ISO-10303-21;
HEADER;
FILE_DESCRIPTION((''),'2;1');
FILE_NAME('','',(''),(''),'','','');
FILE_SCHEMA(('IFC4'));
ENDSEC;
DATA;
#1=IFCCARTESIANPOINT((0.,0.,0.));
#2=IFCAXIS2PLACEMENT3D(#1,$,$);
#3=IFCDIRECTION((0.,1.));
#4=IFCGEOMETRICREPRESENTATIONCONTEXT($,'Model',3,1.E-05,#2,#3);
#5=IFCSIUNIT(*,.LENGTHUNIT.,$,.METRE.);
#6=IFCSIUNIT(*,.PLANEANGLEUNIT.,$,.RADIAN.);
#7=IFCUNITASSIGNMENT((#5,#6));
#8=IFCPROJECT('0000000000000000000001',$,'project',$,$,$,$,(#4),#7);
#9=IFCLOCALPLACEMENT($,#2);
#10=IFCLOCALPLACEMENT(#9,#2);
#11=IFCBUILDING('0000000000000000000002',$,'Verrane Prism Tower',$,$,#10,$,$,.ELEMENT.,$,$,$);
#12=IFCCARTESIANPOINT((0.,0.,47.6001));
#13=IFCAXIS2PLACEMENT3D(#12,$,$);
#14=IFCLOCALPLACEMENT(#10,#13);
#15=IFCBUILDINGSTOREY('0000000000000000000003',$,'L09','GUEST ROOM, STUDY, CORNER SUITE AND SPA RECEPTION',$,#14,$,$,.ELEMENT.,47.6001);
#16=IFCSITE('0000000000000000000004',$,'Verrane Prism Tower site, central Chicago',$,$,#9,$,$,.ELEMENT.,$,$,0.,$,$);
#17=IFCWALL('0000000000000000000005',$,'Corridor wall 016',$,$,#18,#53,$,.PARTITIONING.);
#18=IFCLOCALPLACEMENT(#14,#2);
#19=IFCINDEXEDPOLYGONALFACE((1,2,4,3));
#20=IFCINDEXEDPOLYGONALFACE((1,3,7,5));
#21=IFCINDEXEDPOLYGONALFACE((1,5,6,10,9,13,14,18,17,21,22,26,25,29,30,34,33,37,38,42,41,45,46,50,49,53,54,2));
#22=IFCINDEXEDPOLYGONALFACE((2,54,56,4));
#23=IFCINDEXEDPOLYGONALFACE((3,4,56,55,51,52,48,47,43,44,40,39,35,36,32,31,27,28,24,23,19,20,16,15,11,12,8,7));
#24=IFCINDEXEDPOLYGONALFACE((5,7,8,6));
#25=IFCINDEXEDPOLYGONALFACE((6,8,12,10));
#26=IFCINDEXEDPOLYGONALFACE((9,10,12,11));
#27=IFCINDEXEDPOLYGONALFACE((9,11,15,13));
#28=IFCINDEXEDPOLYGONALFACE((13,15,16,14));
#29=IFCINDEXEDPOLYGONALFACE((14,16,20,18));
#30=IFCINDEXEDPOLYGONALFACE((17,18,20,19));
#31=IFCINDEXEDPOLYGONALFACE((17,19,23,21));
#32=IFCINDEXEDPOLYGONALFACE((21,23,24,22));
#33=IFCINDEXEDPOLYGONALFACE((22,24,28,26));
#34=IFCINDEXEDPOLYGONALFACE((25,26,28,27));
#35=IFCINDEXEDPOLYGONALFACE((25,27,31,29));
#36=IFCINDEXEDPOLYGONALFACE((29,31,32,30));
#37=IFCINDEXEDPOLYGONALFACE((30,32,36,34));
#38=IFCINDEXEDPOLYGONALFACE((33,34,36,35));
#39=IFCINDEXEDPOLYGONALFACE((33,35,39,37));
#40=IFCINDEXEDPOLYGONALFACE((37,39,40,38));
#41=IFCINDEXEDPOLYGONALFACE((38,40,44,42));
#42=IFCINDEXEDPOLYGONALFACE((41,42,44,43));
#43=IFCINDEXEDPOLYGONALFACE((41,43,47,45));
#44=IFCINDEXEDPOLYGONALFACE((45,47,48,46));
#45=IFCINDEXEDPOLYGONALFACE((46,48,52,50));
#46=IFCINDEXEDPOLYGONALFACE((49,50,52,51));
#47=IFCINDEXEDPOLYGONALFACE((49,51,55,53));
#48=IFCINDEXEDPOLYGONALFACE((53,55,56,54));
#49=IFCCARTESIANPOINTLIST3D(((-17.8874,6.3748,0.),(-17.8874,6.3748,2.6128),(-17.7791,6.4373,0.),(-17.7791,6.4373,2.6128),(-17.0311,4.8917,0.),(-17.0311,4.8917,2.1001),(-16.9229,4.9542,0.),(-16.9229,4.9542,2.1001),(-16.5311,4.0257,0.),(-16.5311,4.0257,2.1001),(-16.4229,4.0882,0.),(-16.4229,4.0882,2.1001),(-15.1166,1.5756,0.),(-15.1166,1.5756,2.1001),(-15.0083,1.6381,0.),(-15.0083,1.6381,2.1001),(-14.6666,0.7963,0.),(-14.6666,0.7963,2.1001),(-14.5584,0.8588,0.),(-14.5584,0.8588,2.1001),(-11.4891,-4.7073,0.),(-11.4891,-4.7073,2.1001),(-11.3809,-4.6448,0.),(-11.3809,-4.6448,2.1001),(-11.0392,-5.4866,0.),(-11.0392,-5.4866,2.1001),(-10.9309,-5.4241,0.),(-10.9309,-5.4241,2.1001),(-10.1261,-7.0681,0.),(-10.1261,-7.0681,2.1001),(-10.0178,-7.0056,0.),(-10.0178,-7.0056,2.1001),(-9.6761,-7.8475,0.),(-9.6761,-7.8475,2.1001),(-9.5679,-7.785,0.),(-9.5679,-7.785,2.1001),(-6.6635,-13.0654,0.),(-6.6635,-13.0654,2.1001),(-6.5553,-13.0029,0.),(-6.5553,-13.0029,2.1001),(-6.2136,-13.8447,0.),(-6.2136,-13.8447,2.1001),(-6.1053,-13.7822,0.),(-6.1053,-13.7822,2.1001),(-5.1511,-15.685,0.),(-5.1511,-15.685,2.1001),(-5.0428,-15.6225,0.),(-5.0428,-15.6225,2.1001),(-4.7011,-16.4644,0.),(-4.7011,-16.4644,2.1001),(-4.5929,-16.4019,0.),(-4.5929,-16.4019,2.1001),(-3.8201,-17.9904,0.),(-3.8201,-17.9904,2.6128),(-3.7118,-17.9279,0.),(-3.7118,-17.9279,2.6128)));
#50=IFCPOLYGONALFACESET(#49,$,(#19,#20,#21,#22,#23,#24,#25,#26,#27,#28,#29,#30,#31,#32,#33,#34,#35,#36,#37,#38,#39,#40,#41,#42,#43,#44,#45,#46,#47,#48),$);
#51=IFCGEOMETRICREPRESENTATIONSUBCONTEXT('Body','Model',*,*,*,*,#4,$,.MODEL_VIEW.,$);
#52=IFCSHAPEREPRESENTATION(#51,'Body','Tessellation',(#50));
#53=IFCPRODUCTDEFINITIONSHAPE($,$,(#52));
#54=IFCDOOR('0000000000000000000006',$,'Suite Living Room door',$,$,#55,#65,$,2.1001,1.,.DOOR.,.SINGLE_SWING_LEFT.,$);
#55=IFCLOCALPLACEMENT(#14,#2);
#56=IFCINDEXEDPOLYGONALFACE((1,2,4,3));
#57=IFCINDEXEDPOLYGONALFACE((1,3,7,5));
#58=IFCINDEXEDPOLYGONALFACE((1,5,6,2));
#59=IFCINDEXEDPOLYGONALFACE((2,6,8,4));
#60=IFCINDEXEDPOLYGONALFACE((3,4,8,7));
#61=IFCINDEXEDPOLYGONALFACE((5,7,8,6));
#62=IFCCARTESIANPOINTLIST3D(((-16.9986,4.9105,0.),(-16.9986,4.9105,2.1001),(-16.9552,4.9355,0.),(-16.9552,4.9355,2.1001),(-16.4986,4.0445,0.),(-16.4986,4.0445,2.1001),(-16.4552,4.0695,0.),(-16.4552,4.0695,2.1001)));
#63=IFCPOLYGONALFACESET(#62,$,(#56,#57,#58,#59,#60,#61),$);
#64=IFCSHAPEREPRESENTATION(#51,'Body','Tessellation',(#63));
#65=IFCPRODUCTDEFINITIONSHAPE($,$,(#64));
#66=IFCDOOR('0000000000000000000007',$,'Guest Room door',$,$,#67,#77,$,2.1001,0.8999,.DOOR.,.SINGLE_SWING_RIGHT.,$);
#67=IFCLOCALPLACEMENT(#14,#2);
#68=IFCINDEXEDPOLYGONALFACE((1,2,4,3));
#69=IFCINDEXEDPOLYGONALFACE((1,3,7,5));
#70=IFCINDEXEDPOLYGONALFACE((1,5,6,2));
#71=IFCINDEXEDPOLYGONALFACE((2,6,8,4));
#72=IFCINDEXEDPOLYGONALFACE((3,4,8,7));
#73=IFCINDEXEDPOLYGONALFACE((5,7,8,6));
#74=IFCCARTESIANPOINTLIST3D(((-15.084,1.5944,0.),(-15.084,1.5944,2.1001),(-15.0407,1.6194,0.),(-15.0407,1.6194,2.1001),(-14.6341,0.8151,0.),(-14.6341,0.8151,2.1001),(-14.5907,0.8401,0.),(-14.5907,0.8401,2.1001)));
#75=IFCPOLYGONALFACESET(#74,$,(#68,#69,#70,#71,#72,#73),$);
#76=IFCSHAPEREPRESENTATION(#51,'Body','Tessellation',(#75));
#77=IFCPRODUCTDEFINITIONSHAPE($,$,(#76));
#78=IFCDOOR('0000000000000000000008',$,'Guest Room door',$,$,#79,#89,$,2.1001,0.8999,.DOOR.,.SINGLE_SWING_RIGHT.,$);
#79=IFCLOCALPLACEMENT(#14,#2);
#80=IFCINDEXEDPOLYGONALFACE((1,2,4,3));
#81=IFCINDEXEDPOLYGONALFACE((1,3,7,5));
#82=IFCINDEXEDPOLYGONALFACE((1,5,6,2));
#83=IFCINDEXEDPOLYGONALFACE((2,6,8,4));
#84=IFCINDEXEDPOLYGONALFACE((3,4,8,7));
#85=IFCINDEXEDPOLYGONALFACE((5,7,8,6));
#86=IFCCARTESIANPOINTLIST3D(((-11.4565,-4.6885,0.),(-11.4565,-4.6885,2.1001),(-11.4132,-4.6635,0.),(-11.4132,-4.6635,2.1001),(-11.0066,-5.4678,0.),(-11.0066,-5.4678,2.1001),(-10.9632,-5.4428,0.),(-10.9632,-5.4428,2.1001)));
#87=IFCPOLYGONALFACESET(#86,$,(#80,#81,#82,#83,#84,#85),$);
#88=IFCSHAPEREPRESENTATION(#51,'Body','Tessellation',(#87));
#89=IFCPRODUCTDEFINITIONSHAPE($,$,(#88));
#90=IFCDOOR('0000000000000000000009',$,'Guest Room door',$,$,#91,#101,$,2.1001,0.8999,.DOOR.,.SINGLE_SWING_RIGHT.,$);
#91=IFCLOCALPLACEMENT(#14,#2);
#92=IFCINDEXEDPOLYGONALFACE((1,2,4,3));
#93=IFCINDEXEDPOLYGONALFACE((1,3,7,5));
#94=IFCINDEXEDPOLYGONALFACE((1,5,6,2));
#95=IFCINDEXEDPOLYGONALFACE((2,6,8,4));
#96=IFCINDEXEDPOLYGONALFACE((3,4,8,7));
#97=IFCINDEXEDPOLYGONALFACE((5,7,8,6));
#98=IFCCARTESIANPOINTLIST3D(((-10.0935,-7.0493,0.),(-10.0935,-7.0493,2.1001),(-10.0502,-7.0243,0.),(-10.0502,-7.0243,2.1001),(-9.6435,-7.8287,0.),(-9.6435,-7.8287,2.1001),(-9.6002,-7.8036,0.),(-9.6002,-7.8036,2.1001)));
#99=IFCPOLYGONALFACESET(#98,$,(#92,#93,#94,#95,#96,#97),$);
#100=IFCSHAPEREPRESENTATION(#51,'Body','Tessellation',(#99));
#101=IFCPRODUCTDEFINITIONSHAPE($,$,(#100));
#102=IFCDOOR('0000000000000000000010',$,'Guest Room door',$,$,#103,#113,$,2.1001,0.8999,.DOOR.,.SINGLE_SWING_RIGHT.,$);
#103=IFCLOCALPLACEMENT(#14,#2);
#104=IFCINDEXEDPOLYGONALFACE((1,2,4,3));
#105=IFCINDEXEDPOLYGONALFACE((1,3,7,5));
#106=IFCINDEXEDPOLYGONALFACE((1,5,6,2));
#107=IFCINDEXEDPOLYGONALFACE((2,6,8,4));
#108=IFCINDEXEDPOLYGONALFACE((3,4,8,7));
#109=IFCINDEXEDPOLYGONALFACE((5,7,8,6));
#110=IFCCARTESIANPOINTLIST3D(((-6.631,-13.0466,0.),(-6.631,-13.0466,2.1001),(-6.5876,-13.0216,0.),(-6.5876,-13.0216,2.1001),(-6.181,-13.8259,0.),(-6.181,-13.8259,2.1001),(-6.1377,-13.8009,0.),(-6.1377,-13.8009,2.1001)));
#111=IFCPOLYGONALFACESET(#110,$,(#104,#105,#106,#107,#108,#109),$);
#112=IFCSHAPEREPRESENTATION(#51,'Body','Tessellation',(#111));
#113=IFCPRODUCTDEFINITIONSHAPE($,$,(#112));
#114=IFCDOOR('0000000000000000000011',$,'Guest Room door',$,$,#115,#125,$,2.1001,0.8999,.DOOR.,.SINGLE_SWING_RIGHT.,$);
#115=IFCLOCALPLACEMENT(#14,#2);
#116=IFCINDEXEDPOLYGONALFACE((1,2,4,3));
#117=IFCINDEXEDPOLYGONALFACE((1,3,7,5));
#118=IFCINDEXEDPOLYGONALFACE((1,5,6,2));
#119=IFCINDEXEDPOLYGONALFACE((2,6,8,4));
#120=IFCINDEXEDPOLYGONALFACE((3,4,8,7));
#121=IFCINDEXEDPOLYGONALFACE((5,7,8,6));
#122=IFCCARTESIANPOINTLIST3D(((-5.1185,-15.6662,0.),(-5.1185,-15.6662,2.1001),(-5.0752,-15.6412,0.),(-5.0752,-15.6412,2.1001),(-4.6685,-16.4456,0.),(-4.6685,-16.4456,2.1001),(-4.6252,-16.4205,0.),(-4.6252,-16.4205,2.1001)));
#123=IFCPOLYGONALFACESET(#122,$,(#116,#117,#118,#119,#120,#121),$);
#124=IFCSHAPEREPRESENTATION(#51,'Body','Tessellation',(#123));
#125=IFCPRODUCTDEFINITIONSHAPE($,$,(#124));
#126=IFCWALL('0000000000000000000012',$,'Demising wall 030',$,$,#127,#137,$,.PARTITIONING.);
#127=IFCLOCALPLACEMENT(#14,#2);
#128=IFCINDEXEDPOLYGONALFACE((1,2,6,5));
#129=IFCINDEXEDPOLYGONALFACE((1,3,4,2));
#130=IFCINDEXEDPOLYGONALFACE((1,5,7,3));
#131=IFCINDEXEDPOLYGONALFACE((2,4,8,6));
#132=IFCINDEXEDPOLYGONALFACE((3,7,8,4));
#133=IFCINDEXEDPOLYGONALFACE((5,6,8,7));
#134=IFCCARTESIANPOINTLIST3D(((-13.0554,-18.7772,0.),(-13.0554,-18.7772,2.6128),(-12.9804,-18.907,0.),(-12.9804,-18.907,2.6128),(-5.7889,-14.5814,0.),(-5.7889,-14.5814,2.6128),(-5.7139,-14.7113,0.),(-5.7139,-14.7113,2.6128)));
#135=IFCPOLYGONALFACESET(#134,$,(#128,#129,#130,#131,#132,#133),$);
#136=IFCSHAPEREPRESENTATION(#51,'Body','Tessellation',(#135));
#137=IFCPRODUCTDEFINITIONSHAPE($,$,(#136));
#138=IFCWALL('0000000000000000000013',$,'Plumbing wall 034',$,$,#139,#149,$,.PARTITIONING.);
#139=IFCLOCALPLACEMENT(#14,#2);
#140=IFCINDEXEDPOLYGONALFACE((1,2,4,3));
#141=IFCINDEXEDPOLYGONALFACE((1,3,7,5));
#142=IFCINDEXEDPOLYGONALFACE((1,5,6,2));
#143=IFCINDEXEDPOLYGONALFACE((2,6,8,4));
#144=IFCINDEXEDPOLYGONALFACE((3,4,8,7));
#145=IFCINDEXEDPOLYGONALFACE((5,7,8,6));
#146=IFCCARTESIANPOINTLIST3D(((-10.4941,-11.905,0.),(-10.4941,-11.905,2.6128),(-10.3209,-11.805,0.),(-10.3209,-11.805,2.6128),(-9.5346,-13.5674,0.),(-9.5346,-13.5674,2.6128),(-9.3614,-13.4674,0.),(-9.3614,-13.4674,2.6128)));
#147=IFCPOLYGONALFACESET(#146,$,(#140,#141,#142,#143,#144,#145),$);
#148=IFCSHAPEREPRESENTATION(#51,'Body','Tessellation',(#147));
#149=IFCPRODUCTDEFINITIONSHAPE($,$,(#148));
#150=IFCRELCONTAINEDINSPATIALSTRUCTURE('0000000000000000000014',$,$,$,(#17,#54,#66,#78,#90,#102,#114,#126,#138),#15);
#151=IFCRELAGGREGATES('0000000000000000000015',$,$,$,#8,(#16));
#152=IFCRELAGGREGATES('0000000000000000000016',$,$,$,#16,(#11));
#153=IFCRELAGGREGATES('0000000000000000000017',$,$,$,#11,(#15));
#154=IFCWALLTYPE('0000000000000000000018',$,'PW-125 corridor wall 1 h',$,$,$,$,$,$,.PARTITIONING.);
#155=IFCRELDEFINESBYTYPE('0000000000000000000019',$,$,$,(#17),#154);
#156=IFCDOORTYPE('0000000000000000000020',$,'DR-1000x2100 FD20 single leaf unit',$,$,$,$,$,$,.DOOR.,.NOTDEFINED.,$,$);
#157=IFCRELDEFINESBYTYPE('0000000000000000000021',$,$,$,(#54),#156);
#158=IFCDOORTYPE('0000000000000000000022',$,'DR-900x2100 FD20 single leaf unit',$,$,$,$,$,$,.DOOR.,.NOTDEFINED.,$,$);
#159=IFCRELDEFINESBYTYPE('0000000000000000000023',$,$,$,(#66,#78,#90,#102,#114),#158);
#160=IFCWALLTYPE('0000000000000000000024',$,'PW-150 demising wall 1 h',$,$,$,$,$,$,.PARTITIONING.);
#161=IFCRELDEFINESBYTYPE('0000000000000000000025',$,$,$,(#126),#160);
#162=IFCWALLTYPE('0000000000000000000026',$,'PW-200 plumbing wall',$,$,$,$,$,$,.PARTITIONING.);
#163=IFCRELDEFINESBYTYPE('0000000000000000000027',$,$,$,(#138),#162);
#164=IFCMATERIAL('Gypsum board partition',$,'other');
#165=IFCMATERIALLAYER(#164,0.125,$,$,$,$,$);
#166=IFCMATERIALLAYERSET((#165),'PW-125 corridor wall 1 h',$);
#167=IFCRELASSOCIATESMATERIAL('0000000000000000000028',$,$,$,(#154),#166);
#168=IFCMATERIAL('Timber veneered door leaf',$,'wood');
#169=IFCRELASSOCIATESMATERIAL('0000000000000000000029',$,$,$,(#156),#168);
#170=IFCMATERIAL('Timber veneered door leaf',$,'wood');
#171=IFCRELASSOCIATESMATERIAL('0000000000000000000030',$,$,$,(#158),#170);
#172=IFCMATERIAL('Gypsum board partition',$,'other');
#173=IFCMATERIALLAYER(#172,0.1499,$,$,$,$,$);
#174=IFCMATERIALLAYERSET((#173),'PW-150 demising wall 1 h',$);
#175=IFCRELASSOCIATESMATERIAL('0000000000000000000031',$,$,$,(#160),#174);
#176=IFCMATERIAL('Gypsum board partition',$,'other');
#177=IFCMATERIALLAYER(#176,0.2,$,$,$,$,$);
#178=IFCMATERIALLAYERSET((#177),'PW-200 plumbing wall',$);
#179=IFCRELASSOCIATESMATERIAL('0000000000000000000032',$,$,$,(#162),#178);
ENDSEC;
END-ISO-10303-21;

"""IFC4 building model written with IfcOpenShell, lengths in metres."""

from ifc_helpers import new_model, si_unit, direction, frame, frame_2d, origin, place, context, subcontext, project, spatial, rectangle, extrude, material, layer, layer_set, type_object, element, fill, save


model = new_model("IFC4")

# Units and contexts
model_context = context("Model", 3, precision=1e-05, world=origin(), true_north=direction((0.0, 1.0)))
body_context = subcontext(model_context, "Body", "Model", "MODEL_VIEW")
ifc_project = project(units=[si_unit("LENGTHUNIT", "METRE"), si_unit("PLANEANGLEUNIT", "RADIAN")], contexts=[model_context])

# Site, building, storey
site_placement = place(None, origin())
site = spatial("IfcSite", under=ifc_project, at=site_placement, Name="Verrane Prism Tower site, central Chicago", CompositionType="ELEMENT", RefElevation=0.0)
building_placement = place(site_placement, origin())
building = spatial("IfcBuilding", under=site, at=building_placement, Name="Verrane Prism Tower", CompositionType="ELEMENT")
storey_placement = place(building_placement, frame((0.0, 0.0, 47.6001)))
storey = spatial("IfcBuildingStorey", under=building, at=storey_placement, Name="L09", Description="GUEST ROOM, STUDY, CORNER SUITE AND SPA RECEPTION", CompositionType="ELEMENT", Elevation=47.6001)

# Wall, openings, doors
ifc_material_1 = material(Name="Gypsum board partition", Category="other")
ifc_layer_1 = layer(ifc_material_1, 0.125)
ifc_layer_set_1 = layer_set([ifc_layer_1], Name="PW-125 corridor wall 1 h")
wall_type_1 = type_object("IfcWallType", Name="PW-125 corridor wall 1 h", PredefinedType="PARTITIONING", material=ifc_layer_set_1)
wall_1_placement = place(storey_placement, frame((-3.7659, -17.9592, 0.0), z_axis=(0.0, 0.0, 1.0), x_axis=(-0.500003, 0.866024, 0.0)))
wall_1 = element("IfcWall", 1, at=wall_1_placement, inside=storey, type_object=wall_type_1, Name="Corridor wall 016", PredefinedType="PARTITIONING", context=body_context, shape_type="SweptSolid", body=[
    extrude(rectangle(XDim=28.1345, YDim=0.125, at=frame_2d((14.0674, 0.0))), origin(), (0.0, 0.0, 1.0), 2.6128),
])
opening_1_placement = place(wall_1_placement, frame((25.4221, 0.0, 0.0)))
opening_1 = element("IfcOpeningElement", 2, at=opening_1_placement, cuts=wall_1, PredefinedType="OPENING", context=body_context, shape_type="SweptSolid", body=[
    extrude(rectangle(XDim=1.0, YDim=2.1001, at=frame_2d((0.5, 1.05))), frame((0.0, 0.0725, 0.0), z_axis=(0.0, -1.0, 0.0), x_axis=(1.0, 0.0, 0.0)), (0.0, 0.0, 1.0), 0.145),
])
opening_2_placement = place(wall_1_placement, frame((21.6931, 0.0, 0.0)))
opening_2 = element("IfcOpeningElement", 3, at=opening_2_placement, cuts=wall_1, PredefinedType="OPENING", context=body_context, shape_type="SweptSolid", body=[
    extrude(rectangle(XDim=0.8999, YDim=2.1001, at=frame_2d((0.45, 1.05))), frame((0.0, 0.0725, 0.0), z_axis=(0.0, -1.0, 0.0), x_axis=(1.0, 0.0, 0.0)), (0.0, 0.0, 1.0), 0.145),
])
opening_3_placement = place(wall_1_placement, frame((14.4382, 0.0, 0.0)))
opening_3 = element("IfcOpeningElement", 4, at=opening_3_placement, cuts=wall_1, PredefinedType="OPENING", context=body_context, shape_type="SweptSolid", body=[
    extrude(rectangle(XDim=0.8999, YDim=2.1001, at=frame_2d((0.45, 1.05))), frame((0.0, 0.0725, 0.0), z_axis=(0.0, -1.0, 0.0), x_axis=(1.0, 0.0, 0.0)), (0.0, 0.0, 1.0), 0.145),
])
opening_4_placement = place(wall_1_placement, frame((11.7122, 0.0, 0.0)))
opening_4 = element("IfcOpeningElement", 5, at=opening_4_placement, cuts=wall_1, PredefinedType="OPENING", context=body_context, shape_type="SweptSolid", body=[
    extrude(rectangle(XDim=0.8999, YDim=2.1001, at=frame_2d((0.45, 1.05))), frame((0.0, 0.0725, 0.0), z_axis=(0.0, -1.0, 0.0), x_axis=(1.0, 0.0, 0.0)), (0.0, 0.0, 1.0), 0.145),
])
opening_5_placement = place(wall_1_placement, frame((4.7871, 0.0, 0.0)))
opening_5 = element("IfcOpeningElement", 6, at=opening_5_placement, cuts=wall_1, PredefinedType="OPENING", context=body_context, shape_type="SweptSolid", body=[
    extrude(rectangle(XDim=0.8999, YDim=2.1001, at=frame_2d((0.45, 1.05))), frame((0.0, 0.0725, 0.0), z_axis=(0.0, -1.0, 0.0), x_axis=(1.0, 0.0, 0.0)), (0.0, 0.0, 1.0), 0.145),
])
opening_6_placement = place(wall_1_placement, frame((1.7622, 0.0, 0.0)))
opening_6 = element("IfcOpeningElement", 7, at=opening_6_placement, cuts=wall_1, PredefinedType="OPENING", context=body_context, shape_type="SweptSolid", body=[
    extrude(rectangle(XDim=0.8999, YDim=2.1001, at=frame_2d((0.45, 1.05))), frame((0.0, 0.0725, 0.0), z_axis=(0.0, -1.0, 0.0), x_axis=(1.0, 0.0, 0.0)), (0.0, 0.0, 1.0), 0.145),
])
ifc_material_2 = material(Name="Timber veneered door leaf", Category="wood")
door_type_1 = type_object("IfcDoorType", Name="DR-1000x2100 FD20 single leaf unit", OperationType="NOTDEFINED", PredefinedType="DOOR", material=ifc_material_2)
door_1_placement = place(opening_1_placement, origin())
door_1 = element("IfcDoor", 8, at=door_1_placement, inside=storey, type_object=door_type_1, Name="Suite Living Room door", OperationType="SINGLE_SWING_LEFT", OverallHeight=2.1001, OverallWidth=1.0, PredefinedType="DOOR", context=body_context, shape_type="SweptSolid", body=[
    extrude(rectangle(XDim=1.0, YDim=2.1001, at=frame_2d((0.5, 1.05))), frame((0.0, 0.0249, 0.0), z_axis=(0.0, -1.0, 0.0), x_axis=(1.0, 0.0, 0.0)), (0.0, 0.0, 1.0), 0.05),
])
fill(opening_1, door_1)
ifc_material_3 = material(Name="Timber veneered door leaf", Category="wood")
door_type_2 = type_object("IfcDoorType", Name="DR-900x2100 FD20 single leaf unit", OperationType="NOTDEFINED", PredefinedType="DOOR", material=ifc_material_3)
door_2_placement = place(opening_2_placement, origin())
door_2 = element("IfcDoor", 9, at=door_2_placement, inside=storey, type_object=door_type_2, Name="Guest Room door", OperationType="SINGLE_SWING_RIGHT", OverallHeight=2.1001, OverallWidth=0.8999, PredefinedType="DOOR", context=body_context, shape_type="SweptSolid", body=[
    extrude(rectangle(XDim=0.8999, YDim=2.1001, at=frame_2d((0.45, 1.05))), frame((0.0, 0.0249, 0.0), z_axis=(0.0, -1.0, 0.0), x_axis=(1.0, 0.0, 0.0)), (0.0, 0.0, 1.0), 0.05),
])
fill(opening_2, door_2)
door_3_placement = place(opening_3_placement, origin())
door_3 = element("IfcDoor", 10, at=door_3_placement, inside=storey, type_object=door_type_2, Name="Guest Room door", OperationType="SINGLE_SWING_RIGHT", OverallHeight=2.1001, OverallWidth=0.8999, PredefinedType="DOOR", context=body_context, shape_type="SweptSolid", body=[
    extrude(rectangle(XDim=0.8999, YDim=2.1001, at=frame_2d((0.45, 1.05))), frame((0.0, 0.0249, 0.0), z_axis=(0.0, -1.0, 0.0), x_axis=(1.0, 0.0, 0.0)), (0.0, 0.0, 1.0), 0.05),
])
fill(opening_3, door_3)
door_4_placement = place(opening_4_placement, origin())
door_4 = element("IfcDoor", 11, at=door_4_placement, inside=storey, type_object=door_type_2, Name="Guest Room door", OperationType="SINGLE_SWING_RIGHT", OverallHeight=2.1001, OverallWidth=0.8999, PredefinedType="DOOR", context=body_context, shape_type="SweptSolid", body=[
    extrude(rectangle(XDim=0.8999, YDim=2.1001, at=frame_2d((0.45, 1.05))), frame((0.0, 0.0249, 0.0), z_axis=(0.0, -1.0, 0.0), x_axis=(1.0, 0.0, 0.0)), (0.0, 0.0, 1.0), 0.05),
])
fill(opening_4, door_4)
door_5_placement = place(opening_5_placement, origin())
door_5 = element("IfcDoor", 12, at=door_5_placement, inside=storey, type_object=door_type_2, Name="Guest Room door", OperationType="SINGLE_SWING_RIGHT", OverallHeight=2.1001, OverallWidth=0.8999, PredefinedType="DOOR", context=body_context, shape_type="SweptSolid", body=[
    extrude(rectangle(XDim=0.8999, YDim=2.1001, at=frame_2d((0.45, 1.05))), frame((0.0, 0.0249, 0.0), z_axis=(0.0, -1.0, 0.0), x_axis=(1.0, 0.0, 0.0)), (0.0, 0.0, 1.0), 0.05),
])
fill(opening_5, door_5)
door_6_placement = place(opening_6_placement, origin())
door_6 = element("IfcDoor", 13, at=door_6_placement, inside=storey, type_object=door_type_2, Name="Guest Room door", OperationType="SINGLE_SWING_RIGHT", OverallHeight=2.1001, OverallWidth=0.8999, PredefinedType="DOOR", context=body_context, shape_type="SweptSolid", body=[
    extrude(rectangle(XDim=0.8999, YDim=2.1001, at=frame_2d((0.45, 1.05))), frame((0.0, 0.0249, 0.0), z_axis=(0.0, -1.0, 0.0), x_axis=(1.0, 0.0, 0.0)), (0.0, 0.0, 1.0), 0.05),
])
fill(opening_6, door_6)

# Walls
ifc_material_4 = material(Name="Gypsum board partition", Category="other")
ifc_layer_2 = layer(ifc_material_4, 0.1499)
ifc_layer_set_2 = layer_set([ifc_layer_2], Name="PW-150 demising wall 1 h")
wall_type_2 = type_object("IfcWallType", Name="PW-150 demising wall 1 h", PredefinedType="PARTITIONING", material=ifc_layer_set_2)
wall_2_placement = place(storey_placement, frame((-13.0178, -18.842, 0.0), z_axis=(0.0, 0.0, 1.0), x_axis=(0.866003, 0.500038, 0.0)))
element("IfcWall", 14, at=wall_2_placement, inside=storey, type_object=wall_type_2, Name="Demising wall 030", PredefinedType="PARTITIONING", context=body_context, shape_type="SweptSolid", body=[
    extrude(rectangle(XDim=8.3909, YDim=0.1499, at=frame_2d((4.1953, 0.0))), origin(), (0.0, 0.0, 1.0), 2.6128),
])
ifc_material_5 = material(Name="Gypsum board partition", Category="other")
ifc_layer_3 = layer(ifc_material_5, 0.2)
ifc_layer_set_3 = layer_set([ifc_layer_3], Name="PW-200 plumbing wall")
wall_type_3 = type_object("IfcWallType", Name="PW-200 plumbing wall", PredefinedType="PARTITIONING", material=ifc_layer_set_3)
wall_3_placement = place(storey_placement, frame((-10.4075, -11.855, 0.0), z_axis=(0.0, 0.0, 1.0), x_axis=(0.499888, -0.86609, 0.0)))
element("IfcWall", 15, at=wall_3_placement, inside=storey, type_object=wall_type_3, Name="Plumbing wall 034", PredefinedType="PARTITIONING", context=body_context, shape_type="SweptSolid", body=[
    extrude(rectangle(XDim=1.9194, YDim=0.2, at=frame_2d((0.9597, 0.0))), origin(), (0.0, 0.0, 1.0), 2.6128),
])

save(model, "model.ifc")
